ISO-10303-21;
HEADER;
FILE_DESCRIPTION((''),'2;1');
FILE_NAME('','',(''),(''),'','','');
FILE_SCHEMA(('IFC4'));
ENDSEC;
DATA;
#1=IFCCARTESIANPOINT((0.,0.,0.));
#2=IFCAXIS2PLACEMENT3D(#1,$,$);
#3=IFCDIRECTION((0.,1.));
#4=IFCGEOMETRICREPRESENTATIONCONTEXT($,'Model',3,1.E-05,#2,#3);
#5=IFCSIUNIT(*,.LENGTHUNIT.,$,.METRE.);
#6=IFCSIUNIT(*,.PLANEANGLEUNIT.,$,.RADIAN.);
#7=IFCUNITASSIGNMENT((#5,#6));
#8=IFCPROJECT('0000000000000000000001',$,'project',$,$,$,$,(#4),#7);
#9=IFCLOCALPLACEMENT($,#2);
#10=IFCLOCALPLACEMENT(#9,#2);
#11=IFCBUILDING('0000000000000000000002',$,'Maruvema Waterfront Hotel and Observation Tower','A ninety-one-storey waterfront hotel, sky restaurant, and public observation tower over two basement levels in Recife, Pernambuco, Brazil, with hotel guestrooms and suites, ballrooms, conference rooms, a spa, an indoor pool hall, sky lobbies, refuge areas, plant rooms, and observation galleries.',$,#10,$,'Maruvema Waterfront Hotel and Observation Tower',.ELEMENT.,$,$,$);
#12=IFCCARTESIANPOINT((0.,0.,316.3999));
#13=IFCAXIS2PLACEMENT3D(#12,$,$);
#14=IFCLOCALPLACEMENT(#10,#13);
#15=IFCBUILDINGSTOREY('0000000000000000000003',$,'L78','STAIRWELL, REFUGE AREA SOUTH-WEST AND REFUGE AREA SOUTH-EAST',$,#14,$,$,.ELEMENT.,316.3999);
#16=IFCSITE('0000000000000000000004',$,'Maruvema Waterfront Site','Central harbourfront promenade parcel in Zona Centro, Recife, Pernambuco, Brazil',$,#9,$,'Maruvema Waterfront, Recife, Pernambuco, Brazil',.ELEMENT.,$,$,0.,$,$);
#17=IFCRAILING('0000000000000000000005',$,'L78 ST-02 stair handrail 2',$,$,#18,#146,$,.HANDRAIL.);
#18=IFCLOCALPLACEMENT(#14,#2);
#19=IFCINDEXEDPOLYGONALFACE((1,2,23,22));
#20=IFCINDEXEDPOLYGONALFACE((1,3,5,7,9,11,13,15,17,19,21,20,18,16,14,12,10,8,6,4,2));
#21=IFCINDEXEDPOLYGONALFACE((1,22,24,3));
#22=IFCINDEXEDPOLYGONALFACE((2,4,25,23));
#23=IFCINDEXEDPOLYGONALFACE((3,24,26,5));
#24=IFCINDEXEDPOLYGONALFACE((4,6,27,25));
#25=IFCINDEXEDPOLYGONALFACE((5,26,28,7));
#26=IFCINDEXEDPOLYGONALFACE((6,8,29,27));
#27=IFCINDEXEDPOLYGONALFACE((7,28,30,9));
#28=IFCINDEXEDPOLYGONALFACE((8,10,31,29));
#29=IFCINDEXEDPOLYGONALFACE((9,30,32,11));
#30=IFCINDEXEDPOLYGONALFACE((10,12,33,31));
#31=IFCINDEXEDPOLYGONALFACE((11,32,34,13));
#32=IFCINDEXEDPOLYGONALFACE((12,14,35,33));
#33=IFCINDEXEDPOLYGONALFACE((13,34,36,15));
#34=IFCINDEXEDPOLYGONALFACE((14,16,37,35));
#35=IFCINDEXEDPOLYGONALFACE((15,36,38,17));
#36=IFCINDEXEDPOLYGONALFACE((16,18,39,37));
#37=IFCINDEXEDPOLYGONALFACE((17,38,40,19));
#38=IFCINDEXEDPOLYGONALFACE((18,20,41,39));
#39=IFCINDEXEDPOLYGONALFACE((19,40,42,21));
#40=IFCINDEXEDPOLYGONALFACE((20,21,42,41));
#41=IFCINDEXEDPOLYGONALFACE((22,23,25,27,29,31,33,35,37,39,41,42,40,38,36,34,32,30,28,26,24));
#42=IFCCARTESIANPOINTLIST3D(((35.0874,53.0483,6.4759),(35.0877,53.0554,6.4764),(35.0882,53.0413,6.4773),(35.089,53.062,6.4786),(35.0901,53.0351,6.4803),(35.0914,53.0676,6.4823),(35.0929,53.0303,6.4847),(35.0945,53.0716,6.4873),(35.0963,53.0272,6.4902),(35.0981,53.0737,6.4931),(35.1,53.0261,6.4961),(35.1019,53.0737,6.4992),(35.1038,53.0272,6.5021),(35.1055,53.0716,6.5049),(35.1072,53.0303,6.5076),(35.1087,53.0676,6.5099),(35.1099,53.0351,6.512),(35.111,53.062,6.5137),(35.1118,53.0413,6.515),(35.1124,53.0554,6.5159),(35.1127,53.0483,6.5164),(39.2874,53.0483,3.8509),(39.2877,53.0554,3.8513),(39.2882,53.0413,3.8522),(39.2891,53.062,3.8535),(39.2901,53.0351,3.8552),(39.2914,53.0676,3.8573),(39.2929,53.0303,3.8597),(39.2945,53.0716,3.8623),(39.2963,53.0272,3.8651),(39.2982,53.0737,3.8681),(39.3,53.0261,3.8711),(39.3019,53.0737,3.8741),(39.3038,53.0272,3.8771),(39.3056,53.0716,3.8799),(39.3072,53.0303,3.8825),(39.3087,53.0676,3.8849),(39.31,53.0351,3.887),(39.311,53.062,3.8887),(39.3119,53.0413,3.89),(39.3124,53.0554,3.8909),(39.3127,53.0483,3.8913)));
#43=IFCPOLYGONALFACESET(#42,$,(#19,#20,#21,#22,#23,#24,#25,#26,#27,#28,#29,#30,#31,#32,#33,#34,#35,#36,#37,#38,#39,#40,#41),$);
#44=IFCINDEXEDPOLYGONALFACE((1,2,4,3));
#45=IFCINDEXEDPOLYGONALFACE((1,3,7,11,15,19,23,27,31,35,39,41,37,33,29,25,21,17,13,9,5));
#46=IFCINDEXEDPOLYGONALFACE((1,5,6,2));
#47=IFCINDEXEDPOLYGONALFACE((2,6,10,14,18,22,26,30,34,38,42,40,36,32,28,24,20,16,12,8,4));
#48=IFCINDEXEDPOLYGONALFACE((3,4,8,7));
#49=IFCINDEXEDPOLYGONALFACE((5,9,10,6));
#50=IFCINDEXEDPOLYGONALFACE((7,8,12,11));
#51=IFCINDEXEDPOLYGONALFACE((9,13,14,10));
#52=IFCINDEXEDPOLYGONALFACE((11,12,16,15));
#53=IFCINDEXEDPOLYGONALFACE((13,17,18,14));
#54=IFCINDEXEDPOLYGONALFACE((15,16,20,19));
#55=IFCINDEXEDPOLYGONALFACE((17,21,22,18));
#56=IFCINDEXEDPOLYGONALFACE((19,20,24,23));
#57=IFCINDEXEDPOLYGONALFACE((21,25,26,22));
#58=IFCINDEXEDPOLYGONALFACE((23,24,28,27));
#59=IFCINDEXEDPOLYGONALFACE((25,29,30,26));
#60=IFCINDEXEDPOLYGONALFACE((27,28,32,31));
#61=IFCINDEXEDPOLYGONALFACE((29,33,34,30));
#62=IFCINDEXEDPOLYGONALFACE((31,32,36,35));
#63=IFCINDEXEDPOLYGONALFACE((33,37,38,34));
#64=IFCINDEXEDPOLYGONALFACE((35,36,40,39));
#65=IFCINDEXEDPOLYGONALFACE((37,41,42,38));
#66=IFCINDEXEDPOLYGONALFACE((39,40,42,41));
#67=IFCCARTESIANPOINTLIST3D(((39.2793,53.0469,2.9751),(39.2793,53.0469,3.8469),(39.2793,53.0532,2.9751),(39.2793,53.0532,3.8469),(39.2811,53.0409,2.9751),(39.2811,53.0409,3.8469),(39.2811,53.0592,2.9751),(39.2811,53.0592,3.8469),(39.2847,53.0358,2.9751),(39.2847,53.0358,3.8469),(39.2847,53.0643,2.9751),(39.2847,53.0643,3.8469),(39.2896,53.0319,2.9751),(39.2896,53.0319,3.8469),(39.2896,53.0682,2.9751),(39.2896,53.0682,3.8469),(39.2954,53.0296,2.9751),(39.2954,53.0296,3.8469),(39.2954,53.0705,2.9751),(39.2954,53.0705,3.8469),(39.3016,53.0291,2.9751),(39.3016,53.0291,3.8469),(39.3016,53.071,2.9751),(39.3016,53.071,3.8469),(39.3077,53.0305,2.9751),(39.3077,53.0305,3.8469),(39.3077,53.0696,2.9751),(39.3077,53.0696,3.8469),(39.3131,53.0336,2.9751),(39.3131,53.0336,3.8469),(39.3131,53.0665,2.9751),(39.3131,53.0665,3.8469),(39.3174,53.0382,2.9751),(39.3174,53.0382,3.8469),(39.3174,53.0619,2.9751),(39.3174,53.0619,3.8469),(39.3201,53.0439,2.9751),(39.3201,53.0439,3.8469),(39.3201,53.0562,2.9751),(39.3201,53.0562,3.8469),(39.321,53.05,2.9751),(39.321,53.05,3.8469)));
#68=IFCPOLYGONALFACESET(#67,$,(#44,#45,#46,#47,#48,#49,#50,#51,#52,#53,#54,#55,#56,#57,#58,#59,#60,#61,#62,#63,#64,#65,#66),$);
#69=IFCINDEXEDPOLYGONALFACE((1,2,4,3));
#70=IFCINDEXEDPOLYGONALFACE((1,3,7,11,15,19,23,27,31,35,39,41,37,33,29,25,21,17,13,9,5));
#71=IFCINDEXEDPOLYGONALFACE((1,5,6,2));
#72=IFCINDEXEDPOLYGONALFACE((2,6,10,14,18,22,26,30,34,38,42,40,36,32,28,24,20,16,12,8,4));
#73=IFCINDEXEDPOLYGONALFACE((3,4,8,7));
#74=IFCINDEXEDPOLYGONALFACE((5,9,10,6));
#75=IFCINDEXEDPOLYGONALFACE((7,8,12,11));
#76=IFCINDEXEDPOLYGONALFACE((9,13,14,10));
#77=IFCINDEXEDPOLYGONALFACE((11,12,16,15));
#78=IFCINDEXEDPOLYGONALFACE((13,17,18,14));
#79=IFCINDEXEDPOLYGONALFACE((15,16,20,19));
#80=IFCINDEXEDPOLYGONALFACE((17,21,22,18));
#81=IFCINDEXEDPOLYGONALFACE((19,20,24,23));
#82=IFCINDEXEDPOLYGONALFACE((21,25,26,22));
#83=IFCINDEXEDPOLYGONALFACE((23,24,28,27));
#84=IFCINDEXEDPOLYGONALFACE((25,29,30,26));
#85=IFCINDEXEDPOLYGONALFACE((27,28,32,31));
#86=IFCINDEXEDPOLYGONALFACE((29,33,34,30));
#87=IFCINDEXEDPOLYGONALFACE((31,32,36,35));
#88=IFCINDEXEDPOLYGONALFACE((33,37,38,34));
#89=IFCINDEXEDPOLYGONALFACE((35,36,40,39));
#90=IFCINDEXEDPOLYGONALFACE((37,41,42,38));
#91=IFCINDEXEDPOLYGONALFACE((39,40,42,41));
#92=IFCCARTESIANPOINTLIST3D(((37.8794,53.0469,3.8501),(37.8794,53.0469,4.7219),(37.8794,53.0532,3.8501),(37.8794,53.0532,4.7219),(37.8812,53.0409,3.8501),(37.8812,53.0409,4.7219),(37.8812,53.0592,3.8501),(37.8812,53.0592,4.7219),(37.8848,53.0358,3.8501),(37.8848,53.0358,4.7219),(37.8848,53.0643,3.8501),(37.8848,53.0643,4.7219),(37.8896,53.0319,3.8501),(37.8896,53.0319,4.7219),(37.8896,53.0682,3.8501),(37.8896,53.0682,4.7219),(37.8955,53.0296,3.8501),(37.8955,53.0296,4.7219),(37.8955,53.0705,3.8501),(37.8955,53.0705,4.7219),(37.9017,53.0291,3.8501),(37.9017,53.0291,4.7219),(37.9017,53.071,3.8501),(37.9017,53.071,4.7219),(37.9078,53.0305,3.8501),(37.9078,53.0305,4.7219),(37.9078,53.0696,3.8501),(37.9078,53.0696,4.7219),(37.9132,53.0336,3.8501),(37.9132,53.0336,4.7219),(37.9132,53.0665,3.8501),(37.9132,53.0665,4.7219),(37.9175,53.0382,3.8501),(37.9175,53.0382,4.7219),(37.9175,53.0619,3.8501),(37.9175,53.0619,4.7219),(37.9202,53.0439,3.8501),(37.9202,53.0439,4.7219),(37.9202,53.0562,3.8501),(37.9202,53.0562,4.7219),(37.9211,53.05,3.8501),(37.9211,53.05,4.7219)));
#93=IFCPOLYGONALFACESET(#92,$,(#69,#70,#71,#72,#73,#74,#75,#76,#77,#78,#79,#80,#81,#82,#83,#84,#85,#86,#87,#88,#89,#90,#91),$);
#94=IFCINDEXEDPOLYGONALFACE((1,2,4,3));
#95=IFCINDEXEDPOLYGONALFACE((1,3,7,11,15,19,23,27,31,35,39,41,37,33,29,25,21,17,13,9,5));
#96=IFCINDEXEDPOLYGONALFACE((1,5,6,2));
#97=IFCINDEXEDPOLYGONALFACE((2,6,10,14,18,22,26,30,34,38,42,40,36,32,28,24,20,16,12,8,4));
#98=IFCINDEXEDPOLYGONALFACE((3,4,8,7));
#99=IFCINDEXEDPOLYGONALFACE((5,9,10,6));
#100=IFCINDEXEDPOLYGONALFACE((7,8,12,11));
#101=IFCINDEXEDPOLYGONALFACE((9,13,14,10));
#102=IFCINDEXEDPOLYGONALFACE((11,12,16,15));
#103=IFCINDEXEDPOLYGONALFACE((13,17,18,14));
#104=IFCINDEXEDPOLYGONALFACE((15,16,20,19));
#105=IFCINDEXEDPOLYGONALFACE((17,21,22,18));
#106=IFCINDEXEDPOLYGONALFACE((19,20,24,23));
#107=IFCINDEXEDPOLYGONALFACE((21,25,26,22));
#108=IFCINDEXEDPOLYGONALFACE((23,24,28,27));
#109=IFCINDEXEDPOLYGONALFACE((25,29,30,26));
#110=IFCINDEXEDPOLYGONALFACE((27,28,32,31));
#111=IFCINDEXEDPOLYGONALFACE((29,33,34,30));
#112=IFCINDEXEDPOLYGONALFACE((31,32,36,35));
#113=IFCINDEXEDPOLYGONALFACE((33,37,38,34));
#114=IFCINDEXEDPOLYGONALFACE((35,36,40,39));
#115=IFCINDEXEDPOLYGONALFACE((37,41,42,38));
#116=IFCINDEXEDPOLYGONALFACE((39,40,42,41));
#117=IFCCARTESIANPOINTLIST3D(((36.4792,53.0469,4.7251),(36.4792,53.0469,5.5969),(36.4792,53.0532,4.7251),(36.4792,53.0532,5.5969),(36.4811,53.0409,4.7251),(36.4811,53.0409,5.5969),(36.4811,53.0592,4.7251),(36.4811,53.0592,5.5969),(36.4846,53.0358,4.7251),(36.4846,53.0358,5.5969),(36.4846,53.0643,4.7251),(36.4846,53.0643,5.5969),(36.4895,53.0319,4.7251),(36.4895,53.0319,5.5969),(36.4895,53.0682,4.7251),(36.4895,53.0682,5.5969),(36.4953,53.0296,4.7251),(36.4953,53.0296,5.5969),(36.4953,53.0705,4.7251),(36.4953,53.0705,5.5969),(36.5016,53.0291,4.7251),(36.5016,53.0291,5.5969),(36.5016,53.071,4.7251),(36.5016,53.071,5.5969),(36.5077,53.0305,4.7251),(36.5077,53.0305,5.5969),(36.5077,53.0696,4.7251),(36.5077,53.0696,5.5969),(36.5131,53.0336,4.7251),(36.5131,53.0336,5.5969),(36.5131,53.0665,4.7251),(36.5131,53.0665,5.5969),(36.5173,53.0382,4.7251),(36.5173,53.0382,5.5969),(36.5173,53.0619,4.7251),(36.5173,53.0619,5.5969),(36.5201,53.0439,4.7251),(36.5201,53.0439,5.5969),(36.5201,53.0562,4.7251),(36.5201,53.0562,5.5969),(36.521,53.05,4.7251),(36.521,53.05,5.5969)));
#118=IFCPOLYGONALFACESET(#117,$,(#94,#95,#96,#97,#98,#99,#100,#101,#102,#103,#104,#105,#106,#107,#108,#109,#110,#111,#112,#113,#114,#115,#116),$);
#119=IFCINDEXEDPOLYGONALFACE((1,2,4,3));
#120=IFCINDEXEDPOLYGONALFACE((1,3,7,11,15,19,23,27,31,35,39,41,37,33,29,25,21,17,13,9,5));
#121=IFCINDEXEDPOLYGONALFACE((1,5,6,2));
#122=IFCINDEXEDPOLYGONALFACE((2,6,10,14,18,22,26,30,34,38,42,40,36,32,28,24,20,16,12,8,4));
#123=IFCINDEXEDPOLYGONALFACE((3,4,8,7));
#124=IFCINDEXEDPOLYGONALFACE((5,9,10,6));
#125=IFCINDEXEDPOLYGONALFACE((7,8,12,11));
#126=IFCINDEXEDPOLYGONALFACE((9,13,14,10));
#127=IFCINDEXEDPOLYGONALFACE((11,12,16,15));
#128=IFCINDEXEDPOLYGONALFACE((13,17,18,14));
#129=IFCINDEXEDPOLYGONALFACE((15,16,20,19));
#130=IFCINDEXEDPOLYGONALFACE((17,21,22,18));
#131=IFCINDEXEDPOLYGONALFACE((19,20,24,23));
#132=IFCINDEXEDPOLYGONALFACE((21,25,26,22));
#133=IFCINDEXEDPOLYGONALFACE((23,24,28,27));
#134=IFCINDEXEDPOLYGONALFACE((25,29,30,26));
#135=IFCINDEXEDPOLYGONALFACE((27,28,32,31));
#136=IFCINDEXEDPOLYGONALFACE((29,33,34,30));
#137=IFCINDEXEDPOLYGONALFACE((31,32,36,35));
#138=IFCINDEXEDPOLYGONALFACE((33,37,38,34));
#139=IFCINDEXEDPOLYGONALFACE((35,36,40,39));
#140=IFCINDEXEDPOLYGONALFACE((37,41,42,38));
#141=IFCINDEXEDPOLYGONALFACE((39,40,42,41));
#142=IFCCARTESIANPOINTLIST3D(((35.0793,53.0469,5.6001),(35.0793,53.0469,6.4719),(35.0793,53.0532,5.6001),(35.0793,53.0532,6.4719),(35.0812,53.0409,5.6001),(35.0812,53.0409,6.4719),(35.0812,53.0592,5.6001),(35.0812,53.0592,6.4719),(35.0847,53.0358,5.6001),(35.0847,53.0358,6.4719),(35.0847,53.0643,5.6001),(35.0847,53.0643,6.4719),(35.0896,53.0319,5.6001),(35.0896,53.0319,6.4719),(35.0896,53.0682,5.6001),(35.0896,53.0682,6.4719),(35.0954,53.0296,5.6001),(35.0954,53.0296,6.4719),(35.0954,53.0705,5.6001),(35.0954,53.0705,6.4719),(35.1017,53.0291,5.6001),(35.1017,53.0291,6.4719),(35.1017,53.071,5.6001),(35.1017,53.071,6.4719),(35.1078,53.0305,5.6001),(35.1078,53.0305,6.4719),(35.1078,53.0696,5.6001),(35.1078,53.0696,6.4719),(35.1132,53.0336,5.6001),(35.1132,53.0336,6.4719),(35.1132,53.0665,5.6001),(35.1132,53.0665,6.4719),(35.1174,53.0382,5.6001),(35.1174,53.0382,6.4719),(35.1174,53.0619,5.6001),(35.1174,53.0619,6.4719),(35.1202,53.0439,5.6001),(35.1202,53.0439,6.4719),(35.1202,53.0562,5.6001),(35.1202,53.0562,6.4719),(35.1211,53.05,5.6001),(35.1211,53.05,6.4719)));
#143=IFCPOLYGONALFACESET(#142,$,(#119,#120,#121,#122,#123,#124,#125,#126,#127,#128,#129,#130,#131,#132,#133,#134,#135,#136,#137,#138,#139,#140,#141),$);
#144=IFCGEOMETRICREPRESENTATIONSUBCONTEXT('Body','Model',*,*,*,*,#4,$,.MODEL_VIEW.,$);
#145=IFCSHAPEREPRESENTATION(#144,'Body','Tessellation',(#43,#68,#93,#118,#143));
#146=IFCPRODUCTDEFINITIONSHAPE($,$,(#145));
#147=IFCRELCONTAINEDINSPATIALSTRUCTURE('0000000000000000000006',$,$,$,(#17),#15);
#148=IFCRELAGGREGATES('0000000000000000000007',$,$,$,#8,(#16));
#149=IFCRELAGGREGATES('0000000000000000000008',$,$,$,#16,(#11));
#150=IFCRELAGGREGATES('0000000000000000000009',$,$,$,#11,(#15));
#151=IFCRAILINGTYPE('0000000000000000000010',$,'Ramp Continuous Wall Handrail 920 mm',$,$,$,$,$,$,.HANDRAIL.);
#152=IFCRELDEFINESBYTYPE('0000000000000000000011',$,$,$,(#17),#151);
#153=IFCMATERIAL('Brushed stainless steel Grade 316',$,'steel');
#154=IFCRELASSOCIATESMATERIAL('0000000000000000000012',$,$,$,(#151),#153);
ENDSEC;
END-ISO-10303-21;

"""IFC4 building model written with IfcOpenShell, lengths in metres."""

from ifc_helpers import new_model, si_unit, direction, frame, origin, origin_2d, place, context, subcontext, project, spatial, circle, extrude, material, type_object, element, save


model = new_model("IFC4")

# Units and contexts
model_context = context("Model", 3, precision=1e-05, world=origin(), true_north=direction((0.0, 1.0)))
body_context = subcontext(model_context, "Body", "Model", "MODEL_VIEW")
ifc_project = project(units=[si_unit("LENGTHUNIT", "METRE"), si_unit("PLANEANGLEUNIT", "RADIAN")], contexts=[model_context])

# Site, building, storey
site_placement = place(None, origin())
site = spatial("IfcSite", under=ifc_project, at=site_placement, Name="Maruvema Waterfront Site", Description="Central harbourfront promenade parcel in Zona Centro, Recife, Pernambuco, Brazil", LongName="Maruvema Waterfront, Recife, Pernambuco, Brazil", CompositionType="ELEMENT", RefElevation=0.0)
building_placement = place(site_placement, origin())
building = spatial("IfcBuilding", under=site, at=building_placement, Name="Maruvema Waterfront Hotel and Observation Tower", Description="A ninety-one-storey waterfront hotel, sky restaurant, and public observation tower over two basement levels in Recife, Pernambuco, Brazil, with hotel guestrooms and suites, ballrooms, conference rooms, a spa, an indoor pool hall, sky lobbies, refuge areas, plant rooms, and observation galleries.", LongName="Maruvema Waterfront Hotel and Observation Tower", CompositionType="ELEMENT")
storey_placement = place(building_placement, frame((0.0, 0.0, 316.3999)))
storey = spatial("IfcBuildingStorey", under=building, at=storey_placement, Name="L78", Description="STAIRWELL, REFUGE AREA SOUTH-WEST AND REFUGE AREA SOUTH-EAST", CompositionType="ELEMENT", Elevation=316.3999)

# Railing
ifc_material_1 = material(Name="Brushed stainless steel Grade 316", Category="steel")
railing_type_1 = type_object("IfcRailingType", Name="Ramp Continuous Wall Handrail 920 mm", PredefinedType="HANDRAIL", material=ifc_material_1)
railing_1_placement = place(storey_placement, frame((39.3, 53.05, 2.9751)))
element("IfcRailing", 1, at=railing_1_placement, inside=storey, type_object=railing_type_1, Name="L78 ST-02 stair handrail 2", PredefinedType="HANDRAIL", context=body_context, shape_type="SweptSolid", body=[
    extrude(circle(Radius=0.0239, at=origin_2d()), frame((0.0, 0.0, 0.896), z_axis=(-0.847996, 0.0, 0.530003), x_axis=(0.0, -1.0, 0.0)), (0.0, 0.0, 1.0), 4.9529),
    extrude(circle(Radius=0.021, at=origin_2d()), origin(), (0.0, 0.0, 1.0), 0.8718),
    extrude(circle(Radius=0.021, at=origin_2d()), frame((-1.3999, 0.0, 0.875)), (0.0, 0.0, 1.0), 0.8718),
    extrude(circle(Radius=0.021, at=origin_2d()), frame((-2.8, 0.0, 1.75)), (0.0, 0.0, 1.0), 0.8718),
    extrude(circle(Radius=0.021, at=origin_2d()), frame((-4.2, 0.0, 2.625)), (0.0, 0.0, 1.0), 0.8718),
])

save(model, "model.ifc")
